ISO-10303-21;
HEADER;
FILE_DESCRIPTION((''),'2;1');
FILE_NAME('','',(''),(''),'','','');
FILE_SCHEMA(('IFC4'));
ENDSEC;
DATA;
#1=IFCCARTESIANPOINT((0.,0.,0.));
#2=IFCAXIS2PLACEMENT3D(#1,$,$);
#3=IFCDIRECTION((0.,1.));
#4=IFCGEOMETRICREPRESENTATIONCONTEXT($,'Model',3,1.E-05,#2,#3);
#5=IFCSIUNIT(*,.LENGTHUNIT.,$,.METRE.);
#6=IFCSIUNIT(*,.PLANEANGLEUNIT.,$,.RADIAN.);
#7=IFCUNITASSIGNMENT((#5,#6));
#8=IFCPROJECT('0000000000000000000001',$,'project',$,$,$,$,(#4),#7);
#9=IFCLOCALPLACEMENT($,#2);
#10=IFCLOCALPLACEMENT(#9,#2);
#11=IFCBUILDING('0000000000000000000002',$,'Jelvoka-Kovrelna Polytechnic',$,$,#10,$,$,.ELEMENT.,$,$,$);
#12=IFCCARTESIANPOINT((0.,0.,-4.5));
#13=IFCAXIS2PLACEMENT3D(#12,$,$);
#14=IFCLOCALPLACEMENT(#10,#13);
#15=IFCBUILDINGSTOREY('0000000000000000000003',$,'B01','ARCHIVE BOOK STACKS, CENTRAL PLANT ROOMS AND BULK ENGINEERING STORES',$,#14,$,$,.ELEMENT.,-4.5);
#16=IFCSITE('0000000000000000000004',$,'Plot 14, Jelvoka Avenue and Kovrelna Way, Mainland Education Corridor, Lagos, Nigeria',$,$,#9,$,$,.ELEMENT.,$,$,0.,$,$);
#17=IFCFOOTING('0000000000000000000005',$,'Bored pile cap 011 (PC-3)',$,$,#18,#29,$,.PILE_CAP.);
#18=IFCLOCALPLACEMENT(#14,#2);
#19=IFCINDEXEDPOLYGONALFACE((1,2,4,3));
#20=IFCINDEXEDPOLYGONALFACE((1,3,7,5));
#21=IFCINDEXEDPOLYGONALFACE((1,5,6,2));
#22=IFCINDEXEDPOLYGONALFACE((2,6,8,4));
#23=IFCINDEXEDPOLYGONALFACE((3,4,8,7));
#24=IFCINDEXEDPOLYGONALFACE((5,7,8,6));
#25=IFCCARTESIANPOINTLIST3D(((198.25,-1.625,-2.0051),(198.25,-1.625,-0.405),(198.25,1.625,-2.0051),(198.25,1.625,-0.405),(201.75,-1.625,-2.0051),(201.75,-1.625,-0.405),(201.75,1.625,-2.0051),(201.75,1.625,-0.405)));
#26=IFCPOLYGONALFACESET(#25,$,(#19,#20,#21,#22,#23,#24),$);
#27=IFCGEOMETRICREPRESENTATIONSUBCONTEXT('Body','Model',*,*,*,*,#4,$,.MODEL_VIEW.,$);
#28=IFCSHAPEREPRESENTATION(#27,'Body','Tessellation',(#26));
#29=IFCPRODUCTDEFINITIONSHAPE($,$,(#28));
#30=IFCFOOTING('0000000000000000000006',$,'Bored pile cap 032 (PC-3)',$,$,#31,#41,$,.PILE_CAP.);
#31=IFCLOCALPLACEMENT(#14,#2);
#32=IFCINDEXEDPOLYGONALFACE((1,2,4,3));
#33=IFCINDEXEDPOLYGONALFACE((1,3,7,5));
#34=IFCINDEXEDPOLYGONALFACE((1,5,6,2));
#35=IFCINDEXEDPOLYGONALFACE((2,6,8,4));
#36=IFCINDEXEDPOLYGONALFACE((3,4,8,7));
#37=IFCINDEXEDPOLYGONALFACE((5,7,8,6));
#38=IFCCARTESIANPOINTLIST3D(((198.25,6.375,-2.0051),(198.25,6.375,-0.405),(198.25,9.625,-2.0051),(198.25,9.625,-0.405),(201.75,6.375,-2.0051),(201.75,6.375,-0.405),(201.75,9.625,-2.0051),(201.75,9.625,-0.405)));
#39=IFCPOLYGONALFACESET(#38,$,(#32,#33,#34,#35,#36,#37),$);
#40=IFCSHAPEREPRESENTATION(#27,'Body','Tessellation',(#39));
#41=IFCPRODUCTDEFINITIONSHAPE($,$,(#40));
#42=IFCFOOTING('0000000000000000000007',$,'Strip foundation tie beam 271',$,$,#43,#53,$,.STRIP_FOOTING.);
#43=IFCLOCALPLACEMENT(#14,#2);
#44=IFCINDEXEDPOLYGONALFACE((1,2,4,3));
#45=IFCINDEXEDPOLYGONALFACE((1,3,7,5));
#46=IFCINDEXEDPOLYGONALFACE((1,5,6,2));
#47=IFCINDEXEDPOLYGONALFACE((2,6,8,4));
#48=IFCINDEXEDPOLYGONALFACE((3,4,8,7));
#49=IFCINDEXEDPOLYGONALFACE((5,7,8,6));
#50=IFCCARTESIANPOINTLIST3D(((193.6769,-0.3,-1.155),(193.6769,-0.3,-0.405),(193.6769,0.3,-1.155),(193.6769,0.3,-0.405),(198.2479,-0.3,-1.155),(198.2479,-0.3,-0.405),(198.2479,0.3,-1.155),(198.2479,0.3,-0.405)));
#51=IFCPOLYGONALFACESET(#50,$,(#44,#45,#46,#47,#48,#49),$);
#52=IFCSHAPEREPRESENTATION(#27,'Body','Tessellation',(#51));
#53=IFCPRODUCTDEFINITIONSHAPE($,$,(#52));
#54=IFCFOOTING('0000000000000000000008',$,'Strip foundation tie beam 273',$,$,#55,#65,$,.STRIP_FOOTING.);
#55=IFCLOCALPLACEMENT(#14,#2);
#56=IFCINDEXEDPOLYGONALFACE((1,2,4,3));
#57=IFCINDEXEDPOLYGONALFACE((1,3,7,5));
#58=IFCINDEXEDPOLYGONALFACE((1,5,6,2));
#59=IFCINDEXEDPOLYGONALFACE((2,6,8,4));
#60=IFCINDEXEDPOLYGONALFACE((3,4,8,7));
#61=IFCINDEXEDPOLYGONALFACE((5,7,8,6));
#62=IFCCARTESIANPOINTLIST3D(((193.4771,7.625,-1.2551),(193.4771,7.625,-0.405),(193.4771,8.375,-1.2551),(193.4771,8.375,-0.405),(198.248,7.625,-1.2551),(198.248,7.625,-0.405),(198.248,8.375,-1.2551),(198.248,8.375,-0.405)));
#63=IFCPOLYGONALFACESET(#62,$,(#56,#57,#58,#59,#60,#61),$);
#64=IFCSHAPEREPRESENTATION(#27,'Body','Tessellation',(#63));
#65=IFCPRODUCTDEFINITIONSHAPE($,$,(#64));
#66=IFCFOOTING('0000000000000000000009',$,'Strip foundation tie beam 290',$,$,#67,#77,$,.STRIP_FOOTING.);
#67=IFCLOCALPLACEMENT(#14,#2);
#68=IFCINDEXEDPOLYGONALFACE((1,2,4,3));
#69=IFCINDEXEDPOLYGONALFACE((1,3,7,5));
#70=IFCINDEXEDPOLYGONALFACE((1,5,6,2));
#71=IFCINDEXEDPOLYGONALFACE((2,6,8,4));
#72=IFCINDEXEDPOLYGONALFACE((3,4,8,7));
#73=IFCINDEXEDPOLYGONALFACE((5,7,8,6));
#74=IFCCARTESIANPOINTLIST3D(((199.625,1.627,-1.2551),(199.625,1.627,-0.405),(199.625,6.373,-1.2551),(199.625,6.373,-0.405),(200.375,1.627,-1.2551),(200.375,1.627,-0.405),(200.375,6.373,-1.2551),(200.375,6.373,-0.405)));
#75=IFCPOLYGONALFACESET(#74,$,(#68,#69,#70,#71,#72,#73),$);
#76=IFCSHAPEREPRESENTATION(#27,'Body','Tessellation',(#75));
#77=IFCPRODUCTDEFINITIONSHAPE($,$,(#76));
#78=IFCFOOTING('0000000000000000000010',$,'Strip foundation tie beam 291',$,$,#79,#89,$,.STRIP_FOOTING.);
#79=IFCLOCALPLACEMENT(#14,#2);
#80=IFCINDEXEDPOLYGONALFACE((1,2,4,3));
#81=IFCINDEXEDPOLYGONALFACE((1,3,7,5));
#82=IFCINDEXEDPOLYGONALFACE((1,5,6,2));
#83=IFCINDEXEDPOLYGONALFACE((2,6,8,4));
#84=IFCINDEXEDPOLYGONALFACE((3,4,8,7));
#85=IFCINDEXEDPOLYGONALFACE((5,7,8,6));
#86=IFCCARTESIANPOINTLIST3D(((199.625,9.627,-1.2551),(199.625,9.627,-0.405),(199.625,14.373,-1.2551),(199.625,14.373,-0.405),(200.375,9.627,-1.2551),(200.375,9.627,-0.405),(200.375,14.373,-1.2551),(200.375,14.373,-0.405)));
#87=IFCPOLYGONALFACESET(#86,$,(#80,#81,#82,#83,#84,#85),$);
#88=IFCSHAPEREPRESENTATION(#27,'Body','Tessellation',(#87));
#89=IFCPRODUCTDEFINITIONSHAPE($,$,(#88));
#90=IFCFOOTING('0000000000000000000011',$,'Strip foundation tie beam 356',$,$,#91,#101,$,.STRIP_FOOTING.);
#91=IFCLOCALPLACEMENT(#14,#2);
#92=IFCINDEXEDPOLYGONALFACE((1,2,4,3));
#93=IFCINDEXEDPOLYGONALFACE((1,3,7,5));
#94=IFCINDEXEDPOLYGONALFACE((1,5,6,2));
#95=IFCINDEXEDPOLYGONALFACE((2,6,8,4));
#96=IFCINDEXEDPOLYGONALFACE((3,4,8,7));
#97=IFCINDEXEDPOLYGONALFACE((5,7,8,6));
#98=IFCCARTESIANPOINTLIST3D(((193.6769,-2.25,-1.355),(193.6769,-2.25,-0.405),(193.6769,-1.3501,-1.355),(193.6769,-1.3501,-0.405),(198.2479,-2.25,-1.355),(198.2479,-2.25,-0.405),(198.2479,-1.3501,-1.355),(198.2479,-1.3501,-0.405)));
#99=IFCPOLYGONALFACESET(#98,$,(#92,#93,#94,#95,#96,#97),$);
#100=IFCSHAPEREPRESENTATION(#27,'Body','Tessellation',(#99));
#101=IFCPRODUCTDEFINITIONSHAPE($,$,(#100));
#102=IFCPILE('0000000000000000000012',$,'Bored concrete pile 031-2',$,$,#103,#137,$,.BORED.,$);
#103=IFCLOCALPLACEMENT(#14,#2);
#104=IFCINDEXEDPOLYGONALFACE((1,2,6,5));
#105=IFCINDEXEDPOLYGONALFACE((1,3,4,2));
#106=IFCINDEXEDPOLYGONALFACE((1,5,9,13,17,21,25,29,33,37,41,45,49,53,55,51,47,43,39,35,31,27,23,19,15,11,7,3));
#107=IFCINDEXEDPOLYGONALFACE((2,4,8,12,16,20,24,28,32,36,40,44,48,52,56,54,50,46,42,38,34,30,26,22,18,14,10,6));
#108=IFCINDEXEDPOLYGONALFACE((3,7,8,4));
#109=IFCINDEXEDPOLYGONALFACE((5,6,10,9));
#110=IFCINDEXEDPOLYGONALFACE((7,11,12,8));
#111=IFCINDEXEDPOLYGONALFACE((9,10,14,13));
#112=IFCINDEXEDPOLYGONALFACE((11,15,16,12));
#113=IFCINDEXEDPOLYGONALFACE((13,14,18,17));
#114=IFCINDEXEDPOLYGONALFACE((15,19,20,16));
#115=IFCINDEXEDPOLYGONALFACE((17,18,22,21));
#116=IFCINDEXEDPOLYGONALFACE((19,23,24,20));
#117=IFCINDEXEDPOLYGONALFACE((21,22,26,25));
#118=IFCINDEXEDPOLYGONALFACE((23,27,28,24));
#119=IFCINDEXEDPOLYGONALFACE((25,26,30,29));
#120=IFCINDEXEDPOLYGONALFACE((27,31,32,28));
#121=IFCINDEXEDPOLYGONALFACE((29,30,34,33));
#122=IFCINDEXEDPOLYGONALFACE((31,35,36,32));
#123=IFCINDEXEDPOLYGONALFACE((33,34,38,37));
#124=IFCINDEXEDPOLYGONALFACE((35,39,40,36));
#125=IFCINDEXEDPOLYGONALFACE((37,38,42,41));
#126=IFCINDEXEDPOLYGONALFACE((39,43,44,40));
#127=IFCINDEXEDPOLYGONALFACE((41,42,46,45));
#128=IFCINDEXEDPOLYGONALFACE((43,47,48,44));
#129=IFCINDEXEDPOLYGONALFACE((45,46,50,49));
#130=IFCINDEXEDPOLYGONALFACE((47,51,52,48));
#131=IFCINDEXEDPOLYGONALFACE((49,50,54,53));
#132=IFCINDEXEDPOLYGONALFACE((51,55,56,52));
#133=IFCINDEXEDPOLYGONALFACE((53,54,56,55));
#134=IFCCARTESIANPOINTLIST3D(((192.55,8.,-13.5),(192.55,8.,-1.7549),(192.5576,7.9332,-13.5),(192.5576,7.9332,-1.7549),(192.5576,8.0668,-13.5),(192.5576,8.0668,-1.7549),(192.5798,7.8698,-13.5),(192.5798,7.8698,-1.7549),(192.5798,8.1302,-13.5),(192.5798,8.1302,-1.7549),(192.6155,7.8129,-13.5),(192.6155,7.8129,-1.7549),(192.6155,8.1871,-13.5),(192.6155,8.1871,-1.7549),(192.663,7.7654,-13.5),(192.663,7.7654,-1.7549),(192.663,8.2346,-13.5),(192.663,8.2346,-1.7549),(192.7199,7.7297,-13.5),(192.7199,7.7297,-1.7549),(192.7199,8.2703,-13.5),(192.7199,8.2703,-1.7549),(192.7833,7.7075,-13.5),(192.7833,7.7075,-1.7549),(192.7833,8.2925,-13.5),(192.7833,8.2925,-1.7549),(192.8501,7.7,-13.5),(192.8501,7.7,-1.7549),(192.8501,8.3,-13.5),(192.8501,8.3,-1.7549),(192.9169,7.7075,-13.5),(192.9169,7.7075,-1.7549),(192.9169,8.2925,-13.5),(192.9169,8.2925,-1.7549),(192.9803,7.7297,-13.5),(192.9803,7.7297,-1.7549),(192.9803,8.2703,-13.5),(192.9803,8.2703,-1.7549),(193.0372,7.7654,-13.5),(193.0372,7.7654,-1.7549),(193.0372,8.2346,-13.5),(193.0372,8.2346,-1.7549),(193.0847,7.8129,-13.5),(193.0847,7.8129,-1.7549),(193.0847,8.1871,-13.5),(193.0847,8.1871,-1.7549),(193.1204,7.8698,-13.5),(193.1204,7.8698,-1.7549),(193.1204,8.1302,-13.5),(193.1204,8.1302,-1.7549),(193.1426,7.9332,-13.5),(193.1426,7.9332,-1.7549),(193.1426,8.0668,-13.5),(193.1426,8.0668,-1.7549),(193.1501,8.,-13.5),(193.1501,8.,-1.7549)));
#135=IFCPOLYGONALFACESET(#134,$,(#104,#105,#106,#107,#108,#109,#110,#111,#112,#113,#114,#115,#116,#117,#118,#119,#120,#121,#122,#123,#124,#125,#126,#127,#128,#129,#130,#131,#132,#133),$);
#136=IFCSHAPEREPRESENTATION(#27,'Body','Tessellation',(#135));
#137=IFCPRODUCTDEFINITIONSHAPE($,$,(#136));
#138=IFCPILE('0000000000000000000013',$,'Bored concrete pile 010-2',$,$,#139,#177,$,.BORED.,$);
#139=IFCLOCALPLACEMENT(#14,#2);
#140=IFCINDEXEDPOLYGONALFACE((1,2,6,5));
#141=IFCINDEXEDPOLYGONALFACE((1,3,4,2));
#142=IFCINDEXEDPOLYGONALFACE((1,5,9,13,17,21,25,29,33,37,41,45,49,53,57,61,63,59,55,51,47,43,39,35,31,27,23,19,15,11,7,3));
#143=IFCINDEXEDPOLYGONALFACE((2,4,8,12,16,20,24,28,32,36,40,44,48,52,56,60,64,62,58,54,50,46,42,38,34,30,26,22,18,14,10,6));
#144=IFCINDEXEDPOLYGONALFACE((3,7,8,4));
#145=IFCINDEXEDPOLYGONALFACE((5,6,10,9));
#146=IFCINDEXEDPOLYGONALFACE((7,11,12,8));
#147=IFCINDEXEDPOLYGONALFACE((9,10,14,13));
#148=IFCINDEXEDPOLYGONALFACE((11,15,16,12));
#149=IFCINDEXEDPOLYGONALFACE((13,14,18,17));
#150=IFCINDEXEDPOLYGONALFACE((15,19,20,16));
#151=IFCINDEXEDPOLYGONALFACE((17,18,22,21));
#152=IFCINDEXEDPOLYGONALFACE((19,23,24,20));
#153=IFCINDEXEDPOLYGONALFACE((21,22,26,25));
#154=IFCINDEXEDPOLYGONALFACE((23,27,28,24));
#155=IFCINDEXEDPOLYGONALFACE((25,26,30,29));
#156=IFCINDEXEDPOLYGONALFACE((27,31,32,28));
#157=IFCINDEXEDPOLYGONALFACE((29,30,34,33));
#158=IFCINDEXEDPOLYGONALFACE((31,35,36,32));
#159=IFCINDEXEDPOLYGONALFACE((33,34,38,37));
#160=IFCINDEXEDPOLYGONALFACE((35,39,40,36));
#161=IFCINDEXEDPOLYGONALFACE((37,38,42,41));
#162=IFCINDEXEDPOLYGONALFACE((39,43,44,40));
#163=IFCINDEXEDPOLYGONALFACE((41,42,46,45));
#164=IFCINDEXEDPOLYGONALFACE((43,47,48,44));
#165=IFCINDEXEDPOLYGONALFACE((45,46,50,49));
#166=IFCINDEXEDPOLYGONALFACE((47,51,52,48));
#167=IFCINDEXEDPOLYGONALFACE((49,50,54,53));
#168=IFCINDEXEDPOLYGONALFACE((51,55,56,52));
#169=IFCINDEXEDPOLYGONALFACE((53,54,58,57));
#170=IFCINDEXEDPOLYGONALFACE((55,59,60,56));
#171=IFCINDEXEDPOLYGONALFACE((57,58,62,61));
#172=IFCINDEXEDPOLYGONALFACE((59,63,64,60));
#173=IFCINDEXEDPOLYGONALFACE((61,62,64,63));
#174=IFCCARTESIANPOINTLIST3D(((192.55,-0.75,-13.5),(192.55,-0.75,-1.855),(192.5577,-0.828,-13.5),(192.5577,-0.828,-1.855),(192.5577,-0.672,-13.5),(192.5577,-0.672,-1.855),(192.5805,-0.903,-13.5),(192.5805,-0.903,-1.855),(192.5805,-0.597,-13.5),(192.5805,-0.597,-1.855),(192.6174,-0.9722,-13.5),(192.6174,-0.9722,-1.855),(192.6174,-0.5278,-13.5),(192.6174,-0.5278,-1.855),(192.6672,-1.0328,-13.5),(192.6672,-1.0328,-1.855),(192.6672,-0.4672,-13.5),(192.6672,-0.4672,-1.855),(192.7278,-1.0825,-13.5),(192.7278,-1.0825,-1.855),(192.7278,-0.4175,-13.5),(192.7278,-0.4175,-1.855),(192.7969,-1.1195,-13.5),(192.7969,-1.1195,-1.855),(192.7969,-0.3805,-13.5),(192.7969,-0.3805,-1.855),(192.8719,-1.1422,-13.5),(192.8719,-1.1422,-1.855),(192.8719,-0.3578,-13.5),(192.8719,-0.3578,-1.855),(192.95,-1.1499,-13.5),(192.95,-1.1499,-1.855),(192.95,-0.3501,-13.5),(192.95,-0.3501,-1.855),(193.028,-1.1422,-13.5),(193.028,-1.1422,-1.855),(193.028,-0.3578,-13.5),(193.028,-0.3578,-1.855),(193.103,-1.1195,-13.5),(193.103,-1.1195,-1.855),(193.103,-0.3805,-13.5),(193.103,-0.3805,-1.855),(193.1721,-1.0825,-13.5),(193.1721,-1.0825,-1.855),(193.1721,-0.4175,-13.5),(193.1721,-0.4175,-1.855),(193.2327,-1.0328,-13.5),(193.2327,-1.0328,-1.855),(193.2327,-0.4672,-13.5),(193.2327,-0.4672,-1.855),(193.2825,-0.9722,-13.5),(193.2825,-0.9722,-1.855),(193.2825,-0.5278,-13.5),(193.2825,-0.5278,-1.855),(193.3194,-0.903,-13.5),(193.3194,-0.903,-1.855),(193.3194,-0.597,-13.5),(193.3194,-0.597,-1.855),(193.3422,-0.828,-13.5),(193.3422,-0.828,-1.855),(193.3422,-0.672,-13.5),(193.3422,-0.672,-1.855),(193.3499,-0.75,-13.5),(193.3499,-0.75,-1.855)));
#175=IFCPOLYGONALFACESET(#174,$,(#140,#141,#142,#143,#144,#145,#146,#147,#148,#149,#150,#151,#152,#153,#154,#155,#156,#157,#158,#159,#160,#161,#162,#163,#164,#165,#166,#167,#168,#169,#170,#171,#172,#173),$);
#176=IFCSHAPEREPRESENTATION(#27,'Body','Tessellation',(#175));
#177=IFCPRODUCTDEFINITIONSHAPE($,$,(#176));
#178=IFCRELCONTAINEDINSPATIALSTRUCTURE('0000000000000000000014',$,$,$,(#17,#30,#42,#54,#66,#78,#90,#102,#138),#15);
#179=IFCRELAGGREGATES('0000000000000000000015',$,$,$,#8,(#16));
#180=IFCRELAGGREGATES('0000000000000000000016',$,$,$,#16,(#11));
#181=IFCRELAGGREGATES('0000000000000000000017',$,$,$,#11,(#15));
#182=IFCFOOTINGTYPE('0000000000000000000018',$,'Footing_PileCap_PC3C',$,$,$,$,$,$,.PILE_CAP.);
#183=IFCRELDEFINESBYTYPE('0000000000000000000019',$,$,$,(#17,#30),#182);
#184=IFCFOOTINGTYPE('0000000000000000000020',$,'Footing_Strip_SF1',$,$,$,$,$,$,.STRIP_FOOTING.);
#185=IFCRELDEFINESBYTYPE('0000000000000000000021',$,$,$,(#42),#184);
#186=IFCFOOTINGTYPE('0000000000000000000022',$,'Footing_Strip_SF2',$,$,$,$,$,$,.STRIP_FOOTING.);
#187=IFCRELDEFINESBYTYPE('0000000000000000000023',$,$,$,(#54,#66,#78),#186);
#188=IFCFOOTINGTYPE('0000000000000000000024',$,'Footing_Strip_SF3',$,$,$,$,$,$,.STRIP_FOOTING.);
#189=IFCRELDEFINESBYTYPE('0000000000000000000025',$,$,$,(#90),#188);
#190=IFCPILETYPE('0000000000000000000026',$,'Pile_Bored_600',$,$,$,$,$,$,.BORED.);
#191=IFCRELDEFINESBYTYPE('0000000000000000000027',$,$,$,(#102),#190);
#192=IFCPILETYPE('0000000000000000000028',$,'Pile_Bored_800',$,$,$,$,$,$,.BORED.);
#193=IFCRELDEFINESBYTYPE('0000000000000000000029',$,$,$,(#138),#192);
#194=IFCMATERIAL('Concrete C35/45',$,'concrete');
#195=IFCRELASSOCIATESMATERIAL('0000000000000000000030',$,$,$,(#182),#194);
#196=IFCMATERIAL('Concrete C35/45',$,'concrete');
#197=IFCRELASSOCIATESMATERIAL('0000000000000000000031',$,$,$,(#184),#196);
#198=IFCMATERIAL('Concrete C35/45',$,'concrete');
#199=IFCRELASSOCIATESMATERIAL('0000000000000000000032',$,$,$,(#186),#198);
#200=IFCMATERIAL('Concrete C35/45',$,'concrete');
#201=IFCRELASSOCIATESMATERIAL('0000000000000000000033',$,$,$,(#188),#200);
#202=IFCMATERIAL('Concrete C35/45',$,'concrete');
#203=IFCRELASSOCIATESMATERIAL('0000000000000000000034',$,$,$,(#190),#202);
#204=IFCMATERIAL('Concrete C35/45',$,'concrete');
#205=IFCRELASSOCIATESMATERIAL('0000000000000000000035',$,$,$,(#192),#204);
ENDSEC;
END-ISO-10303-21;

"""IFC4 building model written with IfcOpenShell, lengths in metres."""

from ifc_helpers import new_model, si_unit, direction, frame, origin, origin_2d, place, context, subcontext, project, spatial, rectangle, circle, extrude, material, material_profile, profile_set, type_object, element, save


model = new_model("IFC4")

# Units and contexts
model_context = context("Model", 3, precision=1e-05, world=origin(), true_north=direction((0.0, 1.0)))
body_context = subcontext(model_context, "Body", "Model", "MODEL_VIEW")
ifc_project = project(units=[si_unit("LENGTHUNIT", "METRE"), si_unit("PLANEANGLEUNIT", "RADIAN")], contexts=[model_context])

# Site, building, storey
site_placement = place(None, origin())
site = spatial("IfcSite", under=ifc_project, at=site_placement, Name="Plot 14, Jelvoka Avenue and Kovrelna Way, Mainland Education Corridor, Lagos, Nigeria", CompositionType="ELEMENT", RefElevation=0.0)
building_placement = place(site_placement, origin())
building = spatial("IfcBuilding", under=site, at=building_placement, Name="Jelvoka-Kovrelna Polytechnic", CompositionType="ELEMENT")
storey_placement = place(building_placement, frame((0.0, 0.0, -4.5)))
storey = spatial("IfcBuildingStorey", under=building, at=storey_placement, Name="B01", Description="ARCHIVE BOOK STACKS, CENTRAL PLANT ROOMS AND BULK ENGINEERING STORES", CompositionType="ELEMENT", Elevation=-4.5)

# Footings
ifc_material_1 = material(Name="Concrete C35/45", Category="concrete")
footing_type_1 = type_object("IfcFootingType", Name="Footing_PileCap_PC3C", PredefinedType="PILE_CAP", material=ifc_material_1)
for number, where, z_axis, x_axis, name in (
    (1, (200.0, 0.0, -2.0051), (0.0, 0.0, 1.0), (1.0, 0.0, 0.0), "Bored pile cap 011 (PC-3)"),
    (2, (200.0, 8.0, -2.0051), (0.0, 0.0, 1.0), (1.0, 0.0, 0.0), "Bored pile cap 032 (PC-3)"),
):
    element("IfcFooting", number, at=place(storey_placement, frame(where, z_axis=z_axis, x_axis=x_axis)), inside=storey, type_object=footing_type_1, Name=name, PredefinedType="PILE_CAP", context=body_context, shape_type="SweptSolid", body=[
        extrude(rectangle(XDim=3.5, YDim=3.25, at=origin_2d()), origin(), (0.0, 0.0, 1.0), 1.6001),
    ])
ifc_material_2 = material(Name="Concrete C35/45", Category="concrete")
footing_type_2 = type_object("IfcFootingType", Name="Footing_Strip_SF1", PredefinedType="STRIP_FOOTING", material=ifc_material_2)
footing_1_placement = place(storey_placement, frame((195.9624, 0.0, -1.155), z_axis=(0.0, 0.0, 1.0), x_axis=(1.0, 0.0, 0.0)))
element("IfcFooting", 3, at=footing_1_placement, inside=storey, type_object=footing_type_2, Name="Strip foundation tie beam 271", PredefinedType="STRIP_FOOTING", context=body_context, shape_type="SweptSolid", body=[
    extrude(rectangle(XDim=4.571, YDim=0.6001, at=origin_2d()), origin(), (0.0, 0.0, 1.0), 0.75),
])
ifc_material_3 = material(Name="Concrete C35/45", Category="concrete")
footing_type_3 = type_object("IfcFootingType", Name="Footing_Strip_SF2", PredefinedType="STRIP_FOOTING", material=ifc_material_3)
footing_2_placement = place(storey_placement, frame((195.8625, 8.0, -1.2551), z_axis=(0.0, 0.0, 1.0), x_axis=(1.0, 0.0, 0.0)))
element("IfcFooting", 4, at=footing_2_placement, inside=storey, type_object=footing_type_3, Name="Strip foundation tie beam 273", PredefinedType="STRIP_FOOTING", context=body_context, shape_type="SweptSolid", body=[
    extrude(rectangle(XDim=4.771, YDim=0.75, at=origin_2d()), origin(), (0.0, 0.0, 1.0), 0.8501),
])
for number, where, z_axis, x_axis, name in (
    (5, (200.0, 4.0, -1.2551), (0.0, 0.0, 1.0), (0.0, 1.0, 0.0), "Strip foundation tie beam 290"),
    (6, (200.0, 12.0, -1.2551), (0.0, 0.0, 1.0), (0.0, 1.0, 0.0), "Strip foundation tie beam 291"),
):
    element("IfcFooting", number, at=place(storey_placement, frame(where, z_axis=z_axis, x_axis=x_axis)), inside=storey, type_object=footing_type_3, Name=name, PredefinedType="STRIP_FOOTING", context=body_context, shape_type="SweptSolid", body=[
        extrude(rectangle(XDim=4.7461, YDim=0.75, at=origin_2d()), origin(), (0.0, 0.0, 1.0), 0.8501),
    ])
ifc_material_4 = material(Name="Concrete C35/45", Category="concrete")
footing_type_4 = type_object("IfcFootingType", Name="Footing_Strip_SF3", PredefinedType="STRIP_FOOTING", material=ifc_material_4)
footing_3_placement = place(storey_placement, frame((195.9624, -1.8, -1.355), z_axis=(0.0, 0.0, 1.0), x_axis=(1.0, 0.0, 0.0)))
element("IfcFooting", 7, at=footing_3_placement, inside=storey, type_object=footing_type_4, Name="Strip foundation tie beam 356", PredefinedType="STRIP_FOOTING", context=body_context, shape_type="SweptSolid", body=[
    extrude(rectangle(XDim=4.571, YDim=0.8999, at=origin_2d()), origin(), (0.0, 0.0, 1.0), 0.95),
])

# Piles
ifc_material_5 = material(Name="Concrete C35/45", Category="concrete")
ifc_material_profile_1 = material_profile(ifc_material_5, circle(Radius=0.3, at=origin_2d()), Name="PILE D600")
ifc_profile_set_1 = profile_set([ifc_material_profile_1], Name="Concrete C35/45")
pile_type_1 = type_object("IfcPileType", Name="Pile_Bored_600", PredefinedType="BORED", material=ifc_profile_set_1)
pile_1_placement = place(storey_placement, frame((192.8501, 8.0, -1.7549), z_axis=(0.0, 0.0, -1.0), x_axis=(1.0, 0.0, 0.0)))
element("IfcPile", 8, at=pile_1_placement, inside=storey, type_object=pile_type_1, Name="Bored concrete pile 031-2", PredefinedType="BORED", context=body_context, shape_type="SweptSolid", body=[
    extrude(circle(Radius=0.3, at=origin_2d()), origin(), (0.0, 0.0, 1.0), 11.7451),
])
ifc_material_6 = material(Name="Concrete C35/45", Category="concrete")
ifc_material_profile_2 = material_profile(ifc_material_6, circle(Radius=0.3999, at=origin_2d()), Name="PILE D800")
ifc_profile_set_2 = profile_set([ifc_material_profile_2], Name="Concrete C35/45")
pile_type_2 = type_object("IfcPileType", Name="Pile_Bored_800", PredefinedType="BORED", material=ifc_profile_set_2)
pile_2_placement = place(storey_placement, frame((192.95, -0.75, -1.855), z_axis=(0.0, 0.0, -1.0), x_axis=(1.0, 0.0, 0.0)))
element("IfcPile", 9, at=pile_2_placement, inside=storey, type_object=pile_type_2, Name="Bored concrete pile 010-2", PredefinedType="BORED", context=body_context, shape_type="SweptSolid", body=[
    extrude(circle(Radius=0.3999, at=origin_2d()), origin(), (0.0, 0.0, 1.0), 11.645),
])

save(model, "model.ifc")
